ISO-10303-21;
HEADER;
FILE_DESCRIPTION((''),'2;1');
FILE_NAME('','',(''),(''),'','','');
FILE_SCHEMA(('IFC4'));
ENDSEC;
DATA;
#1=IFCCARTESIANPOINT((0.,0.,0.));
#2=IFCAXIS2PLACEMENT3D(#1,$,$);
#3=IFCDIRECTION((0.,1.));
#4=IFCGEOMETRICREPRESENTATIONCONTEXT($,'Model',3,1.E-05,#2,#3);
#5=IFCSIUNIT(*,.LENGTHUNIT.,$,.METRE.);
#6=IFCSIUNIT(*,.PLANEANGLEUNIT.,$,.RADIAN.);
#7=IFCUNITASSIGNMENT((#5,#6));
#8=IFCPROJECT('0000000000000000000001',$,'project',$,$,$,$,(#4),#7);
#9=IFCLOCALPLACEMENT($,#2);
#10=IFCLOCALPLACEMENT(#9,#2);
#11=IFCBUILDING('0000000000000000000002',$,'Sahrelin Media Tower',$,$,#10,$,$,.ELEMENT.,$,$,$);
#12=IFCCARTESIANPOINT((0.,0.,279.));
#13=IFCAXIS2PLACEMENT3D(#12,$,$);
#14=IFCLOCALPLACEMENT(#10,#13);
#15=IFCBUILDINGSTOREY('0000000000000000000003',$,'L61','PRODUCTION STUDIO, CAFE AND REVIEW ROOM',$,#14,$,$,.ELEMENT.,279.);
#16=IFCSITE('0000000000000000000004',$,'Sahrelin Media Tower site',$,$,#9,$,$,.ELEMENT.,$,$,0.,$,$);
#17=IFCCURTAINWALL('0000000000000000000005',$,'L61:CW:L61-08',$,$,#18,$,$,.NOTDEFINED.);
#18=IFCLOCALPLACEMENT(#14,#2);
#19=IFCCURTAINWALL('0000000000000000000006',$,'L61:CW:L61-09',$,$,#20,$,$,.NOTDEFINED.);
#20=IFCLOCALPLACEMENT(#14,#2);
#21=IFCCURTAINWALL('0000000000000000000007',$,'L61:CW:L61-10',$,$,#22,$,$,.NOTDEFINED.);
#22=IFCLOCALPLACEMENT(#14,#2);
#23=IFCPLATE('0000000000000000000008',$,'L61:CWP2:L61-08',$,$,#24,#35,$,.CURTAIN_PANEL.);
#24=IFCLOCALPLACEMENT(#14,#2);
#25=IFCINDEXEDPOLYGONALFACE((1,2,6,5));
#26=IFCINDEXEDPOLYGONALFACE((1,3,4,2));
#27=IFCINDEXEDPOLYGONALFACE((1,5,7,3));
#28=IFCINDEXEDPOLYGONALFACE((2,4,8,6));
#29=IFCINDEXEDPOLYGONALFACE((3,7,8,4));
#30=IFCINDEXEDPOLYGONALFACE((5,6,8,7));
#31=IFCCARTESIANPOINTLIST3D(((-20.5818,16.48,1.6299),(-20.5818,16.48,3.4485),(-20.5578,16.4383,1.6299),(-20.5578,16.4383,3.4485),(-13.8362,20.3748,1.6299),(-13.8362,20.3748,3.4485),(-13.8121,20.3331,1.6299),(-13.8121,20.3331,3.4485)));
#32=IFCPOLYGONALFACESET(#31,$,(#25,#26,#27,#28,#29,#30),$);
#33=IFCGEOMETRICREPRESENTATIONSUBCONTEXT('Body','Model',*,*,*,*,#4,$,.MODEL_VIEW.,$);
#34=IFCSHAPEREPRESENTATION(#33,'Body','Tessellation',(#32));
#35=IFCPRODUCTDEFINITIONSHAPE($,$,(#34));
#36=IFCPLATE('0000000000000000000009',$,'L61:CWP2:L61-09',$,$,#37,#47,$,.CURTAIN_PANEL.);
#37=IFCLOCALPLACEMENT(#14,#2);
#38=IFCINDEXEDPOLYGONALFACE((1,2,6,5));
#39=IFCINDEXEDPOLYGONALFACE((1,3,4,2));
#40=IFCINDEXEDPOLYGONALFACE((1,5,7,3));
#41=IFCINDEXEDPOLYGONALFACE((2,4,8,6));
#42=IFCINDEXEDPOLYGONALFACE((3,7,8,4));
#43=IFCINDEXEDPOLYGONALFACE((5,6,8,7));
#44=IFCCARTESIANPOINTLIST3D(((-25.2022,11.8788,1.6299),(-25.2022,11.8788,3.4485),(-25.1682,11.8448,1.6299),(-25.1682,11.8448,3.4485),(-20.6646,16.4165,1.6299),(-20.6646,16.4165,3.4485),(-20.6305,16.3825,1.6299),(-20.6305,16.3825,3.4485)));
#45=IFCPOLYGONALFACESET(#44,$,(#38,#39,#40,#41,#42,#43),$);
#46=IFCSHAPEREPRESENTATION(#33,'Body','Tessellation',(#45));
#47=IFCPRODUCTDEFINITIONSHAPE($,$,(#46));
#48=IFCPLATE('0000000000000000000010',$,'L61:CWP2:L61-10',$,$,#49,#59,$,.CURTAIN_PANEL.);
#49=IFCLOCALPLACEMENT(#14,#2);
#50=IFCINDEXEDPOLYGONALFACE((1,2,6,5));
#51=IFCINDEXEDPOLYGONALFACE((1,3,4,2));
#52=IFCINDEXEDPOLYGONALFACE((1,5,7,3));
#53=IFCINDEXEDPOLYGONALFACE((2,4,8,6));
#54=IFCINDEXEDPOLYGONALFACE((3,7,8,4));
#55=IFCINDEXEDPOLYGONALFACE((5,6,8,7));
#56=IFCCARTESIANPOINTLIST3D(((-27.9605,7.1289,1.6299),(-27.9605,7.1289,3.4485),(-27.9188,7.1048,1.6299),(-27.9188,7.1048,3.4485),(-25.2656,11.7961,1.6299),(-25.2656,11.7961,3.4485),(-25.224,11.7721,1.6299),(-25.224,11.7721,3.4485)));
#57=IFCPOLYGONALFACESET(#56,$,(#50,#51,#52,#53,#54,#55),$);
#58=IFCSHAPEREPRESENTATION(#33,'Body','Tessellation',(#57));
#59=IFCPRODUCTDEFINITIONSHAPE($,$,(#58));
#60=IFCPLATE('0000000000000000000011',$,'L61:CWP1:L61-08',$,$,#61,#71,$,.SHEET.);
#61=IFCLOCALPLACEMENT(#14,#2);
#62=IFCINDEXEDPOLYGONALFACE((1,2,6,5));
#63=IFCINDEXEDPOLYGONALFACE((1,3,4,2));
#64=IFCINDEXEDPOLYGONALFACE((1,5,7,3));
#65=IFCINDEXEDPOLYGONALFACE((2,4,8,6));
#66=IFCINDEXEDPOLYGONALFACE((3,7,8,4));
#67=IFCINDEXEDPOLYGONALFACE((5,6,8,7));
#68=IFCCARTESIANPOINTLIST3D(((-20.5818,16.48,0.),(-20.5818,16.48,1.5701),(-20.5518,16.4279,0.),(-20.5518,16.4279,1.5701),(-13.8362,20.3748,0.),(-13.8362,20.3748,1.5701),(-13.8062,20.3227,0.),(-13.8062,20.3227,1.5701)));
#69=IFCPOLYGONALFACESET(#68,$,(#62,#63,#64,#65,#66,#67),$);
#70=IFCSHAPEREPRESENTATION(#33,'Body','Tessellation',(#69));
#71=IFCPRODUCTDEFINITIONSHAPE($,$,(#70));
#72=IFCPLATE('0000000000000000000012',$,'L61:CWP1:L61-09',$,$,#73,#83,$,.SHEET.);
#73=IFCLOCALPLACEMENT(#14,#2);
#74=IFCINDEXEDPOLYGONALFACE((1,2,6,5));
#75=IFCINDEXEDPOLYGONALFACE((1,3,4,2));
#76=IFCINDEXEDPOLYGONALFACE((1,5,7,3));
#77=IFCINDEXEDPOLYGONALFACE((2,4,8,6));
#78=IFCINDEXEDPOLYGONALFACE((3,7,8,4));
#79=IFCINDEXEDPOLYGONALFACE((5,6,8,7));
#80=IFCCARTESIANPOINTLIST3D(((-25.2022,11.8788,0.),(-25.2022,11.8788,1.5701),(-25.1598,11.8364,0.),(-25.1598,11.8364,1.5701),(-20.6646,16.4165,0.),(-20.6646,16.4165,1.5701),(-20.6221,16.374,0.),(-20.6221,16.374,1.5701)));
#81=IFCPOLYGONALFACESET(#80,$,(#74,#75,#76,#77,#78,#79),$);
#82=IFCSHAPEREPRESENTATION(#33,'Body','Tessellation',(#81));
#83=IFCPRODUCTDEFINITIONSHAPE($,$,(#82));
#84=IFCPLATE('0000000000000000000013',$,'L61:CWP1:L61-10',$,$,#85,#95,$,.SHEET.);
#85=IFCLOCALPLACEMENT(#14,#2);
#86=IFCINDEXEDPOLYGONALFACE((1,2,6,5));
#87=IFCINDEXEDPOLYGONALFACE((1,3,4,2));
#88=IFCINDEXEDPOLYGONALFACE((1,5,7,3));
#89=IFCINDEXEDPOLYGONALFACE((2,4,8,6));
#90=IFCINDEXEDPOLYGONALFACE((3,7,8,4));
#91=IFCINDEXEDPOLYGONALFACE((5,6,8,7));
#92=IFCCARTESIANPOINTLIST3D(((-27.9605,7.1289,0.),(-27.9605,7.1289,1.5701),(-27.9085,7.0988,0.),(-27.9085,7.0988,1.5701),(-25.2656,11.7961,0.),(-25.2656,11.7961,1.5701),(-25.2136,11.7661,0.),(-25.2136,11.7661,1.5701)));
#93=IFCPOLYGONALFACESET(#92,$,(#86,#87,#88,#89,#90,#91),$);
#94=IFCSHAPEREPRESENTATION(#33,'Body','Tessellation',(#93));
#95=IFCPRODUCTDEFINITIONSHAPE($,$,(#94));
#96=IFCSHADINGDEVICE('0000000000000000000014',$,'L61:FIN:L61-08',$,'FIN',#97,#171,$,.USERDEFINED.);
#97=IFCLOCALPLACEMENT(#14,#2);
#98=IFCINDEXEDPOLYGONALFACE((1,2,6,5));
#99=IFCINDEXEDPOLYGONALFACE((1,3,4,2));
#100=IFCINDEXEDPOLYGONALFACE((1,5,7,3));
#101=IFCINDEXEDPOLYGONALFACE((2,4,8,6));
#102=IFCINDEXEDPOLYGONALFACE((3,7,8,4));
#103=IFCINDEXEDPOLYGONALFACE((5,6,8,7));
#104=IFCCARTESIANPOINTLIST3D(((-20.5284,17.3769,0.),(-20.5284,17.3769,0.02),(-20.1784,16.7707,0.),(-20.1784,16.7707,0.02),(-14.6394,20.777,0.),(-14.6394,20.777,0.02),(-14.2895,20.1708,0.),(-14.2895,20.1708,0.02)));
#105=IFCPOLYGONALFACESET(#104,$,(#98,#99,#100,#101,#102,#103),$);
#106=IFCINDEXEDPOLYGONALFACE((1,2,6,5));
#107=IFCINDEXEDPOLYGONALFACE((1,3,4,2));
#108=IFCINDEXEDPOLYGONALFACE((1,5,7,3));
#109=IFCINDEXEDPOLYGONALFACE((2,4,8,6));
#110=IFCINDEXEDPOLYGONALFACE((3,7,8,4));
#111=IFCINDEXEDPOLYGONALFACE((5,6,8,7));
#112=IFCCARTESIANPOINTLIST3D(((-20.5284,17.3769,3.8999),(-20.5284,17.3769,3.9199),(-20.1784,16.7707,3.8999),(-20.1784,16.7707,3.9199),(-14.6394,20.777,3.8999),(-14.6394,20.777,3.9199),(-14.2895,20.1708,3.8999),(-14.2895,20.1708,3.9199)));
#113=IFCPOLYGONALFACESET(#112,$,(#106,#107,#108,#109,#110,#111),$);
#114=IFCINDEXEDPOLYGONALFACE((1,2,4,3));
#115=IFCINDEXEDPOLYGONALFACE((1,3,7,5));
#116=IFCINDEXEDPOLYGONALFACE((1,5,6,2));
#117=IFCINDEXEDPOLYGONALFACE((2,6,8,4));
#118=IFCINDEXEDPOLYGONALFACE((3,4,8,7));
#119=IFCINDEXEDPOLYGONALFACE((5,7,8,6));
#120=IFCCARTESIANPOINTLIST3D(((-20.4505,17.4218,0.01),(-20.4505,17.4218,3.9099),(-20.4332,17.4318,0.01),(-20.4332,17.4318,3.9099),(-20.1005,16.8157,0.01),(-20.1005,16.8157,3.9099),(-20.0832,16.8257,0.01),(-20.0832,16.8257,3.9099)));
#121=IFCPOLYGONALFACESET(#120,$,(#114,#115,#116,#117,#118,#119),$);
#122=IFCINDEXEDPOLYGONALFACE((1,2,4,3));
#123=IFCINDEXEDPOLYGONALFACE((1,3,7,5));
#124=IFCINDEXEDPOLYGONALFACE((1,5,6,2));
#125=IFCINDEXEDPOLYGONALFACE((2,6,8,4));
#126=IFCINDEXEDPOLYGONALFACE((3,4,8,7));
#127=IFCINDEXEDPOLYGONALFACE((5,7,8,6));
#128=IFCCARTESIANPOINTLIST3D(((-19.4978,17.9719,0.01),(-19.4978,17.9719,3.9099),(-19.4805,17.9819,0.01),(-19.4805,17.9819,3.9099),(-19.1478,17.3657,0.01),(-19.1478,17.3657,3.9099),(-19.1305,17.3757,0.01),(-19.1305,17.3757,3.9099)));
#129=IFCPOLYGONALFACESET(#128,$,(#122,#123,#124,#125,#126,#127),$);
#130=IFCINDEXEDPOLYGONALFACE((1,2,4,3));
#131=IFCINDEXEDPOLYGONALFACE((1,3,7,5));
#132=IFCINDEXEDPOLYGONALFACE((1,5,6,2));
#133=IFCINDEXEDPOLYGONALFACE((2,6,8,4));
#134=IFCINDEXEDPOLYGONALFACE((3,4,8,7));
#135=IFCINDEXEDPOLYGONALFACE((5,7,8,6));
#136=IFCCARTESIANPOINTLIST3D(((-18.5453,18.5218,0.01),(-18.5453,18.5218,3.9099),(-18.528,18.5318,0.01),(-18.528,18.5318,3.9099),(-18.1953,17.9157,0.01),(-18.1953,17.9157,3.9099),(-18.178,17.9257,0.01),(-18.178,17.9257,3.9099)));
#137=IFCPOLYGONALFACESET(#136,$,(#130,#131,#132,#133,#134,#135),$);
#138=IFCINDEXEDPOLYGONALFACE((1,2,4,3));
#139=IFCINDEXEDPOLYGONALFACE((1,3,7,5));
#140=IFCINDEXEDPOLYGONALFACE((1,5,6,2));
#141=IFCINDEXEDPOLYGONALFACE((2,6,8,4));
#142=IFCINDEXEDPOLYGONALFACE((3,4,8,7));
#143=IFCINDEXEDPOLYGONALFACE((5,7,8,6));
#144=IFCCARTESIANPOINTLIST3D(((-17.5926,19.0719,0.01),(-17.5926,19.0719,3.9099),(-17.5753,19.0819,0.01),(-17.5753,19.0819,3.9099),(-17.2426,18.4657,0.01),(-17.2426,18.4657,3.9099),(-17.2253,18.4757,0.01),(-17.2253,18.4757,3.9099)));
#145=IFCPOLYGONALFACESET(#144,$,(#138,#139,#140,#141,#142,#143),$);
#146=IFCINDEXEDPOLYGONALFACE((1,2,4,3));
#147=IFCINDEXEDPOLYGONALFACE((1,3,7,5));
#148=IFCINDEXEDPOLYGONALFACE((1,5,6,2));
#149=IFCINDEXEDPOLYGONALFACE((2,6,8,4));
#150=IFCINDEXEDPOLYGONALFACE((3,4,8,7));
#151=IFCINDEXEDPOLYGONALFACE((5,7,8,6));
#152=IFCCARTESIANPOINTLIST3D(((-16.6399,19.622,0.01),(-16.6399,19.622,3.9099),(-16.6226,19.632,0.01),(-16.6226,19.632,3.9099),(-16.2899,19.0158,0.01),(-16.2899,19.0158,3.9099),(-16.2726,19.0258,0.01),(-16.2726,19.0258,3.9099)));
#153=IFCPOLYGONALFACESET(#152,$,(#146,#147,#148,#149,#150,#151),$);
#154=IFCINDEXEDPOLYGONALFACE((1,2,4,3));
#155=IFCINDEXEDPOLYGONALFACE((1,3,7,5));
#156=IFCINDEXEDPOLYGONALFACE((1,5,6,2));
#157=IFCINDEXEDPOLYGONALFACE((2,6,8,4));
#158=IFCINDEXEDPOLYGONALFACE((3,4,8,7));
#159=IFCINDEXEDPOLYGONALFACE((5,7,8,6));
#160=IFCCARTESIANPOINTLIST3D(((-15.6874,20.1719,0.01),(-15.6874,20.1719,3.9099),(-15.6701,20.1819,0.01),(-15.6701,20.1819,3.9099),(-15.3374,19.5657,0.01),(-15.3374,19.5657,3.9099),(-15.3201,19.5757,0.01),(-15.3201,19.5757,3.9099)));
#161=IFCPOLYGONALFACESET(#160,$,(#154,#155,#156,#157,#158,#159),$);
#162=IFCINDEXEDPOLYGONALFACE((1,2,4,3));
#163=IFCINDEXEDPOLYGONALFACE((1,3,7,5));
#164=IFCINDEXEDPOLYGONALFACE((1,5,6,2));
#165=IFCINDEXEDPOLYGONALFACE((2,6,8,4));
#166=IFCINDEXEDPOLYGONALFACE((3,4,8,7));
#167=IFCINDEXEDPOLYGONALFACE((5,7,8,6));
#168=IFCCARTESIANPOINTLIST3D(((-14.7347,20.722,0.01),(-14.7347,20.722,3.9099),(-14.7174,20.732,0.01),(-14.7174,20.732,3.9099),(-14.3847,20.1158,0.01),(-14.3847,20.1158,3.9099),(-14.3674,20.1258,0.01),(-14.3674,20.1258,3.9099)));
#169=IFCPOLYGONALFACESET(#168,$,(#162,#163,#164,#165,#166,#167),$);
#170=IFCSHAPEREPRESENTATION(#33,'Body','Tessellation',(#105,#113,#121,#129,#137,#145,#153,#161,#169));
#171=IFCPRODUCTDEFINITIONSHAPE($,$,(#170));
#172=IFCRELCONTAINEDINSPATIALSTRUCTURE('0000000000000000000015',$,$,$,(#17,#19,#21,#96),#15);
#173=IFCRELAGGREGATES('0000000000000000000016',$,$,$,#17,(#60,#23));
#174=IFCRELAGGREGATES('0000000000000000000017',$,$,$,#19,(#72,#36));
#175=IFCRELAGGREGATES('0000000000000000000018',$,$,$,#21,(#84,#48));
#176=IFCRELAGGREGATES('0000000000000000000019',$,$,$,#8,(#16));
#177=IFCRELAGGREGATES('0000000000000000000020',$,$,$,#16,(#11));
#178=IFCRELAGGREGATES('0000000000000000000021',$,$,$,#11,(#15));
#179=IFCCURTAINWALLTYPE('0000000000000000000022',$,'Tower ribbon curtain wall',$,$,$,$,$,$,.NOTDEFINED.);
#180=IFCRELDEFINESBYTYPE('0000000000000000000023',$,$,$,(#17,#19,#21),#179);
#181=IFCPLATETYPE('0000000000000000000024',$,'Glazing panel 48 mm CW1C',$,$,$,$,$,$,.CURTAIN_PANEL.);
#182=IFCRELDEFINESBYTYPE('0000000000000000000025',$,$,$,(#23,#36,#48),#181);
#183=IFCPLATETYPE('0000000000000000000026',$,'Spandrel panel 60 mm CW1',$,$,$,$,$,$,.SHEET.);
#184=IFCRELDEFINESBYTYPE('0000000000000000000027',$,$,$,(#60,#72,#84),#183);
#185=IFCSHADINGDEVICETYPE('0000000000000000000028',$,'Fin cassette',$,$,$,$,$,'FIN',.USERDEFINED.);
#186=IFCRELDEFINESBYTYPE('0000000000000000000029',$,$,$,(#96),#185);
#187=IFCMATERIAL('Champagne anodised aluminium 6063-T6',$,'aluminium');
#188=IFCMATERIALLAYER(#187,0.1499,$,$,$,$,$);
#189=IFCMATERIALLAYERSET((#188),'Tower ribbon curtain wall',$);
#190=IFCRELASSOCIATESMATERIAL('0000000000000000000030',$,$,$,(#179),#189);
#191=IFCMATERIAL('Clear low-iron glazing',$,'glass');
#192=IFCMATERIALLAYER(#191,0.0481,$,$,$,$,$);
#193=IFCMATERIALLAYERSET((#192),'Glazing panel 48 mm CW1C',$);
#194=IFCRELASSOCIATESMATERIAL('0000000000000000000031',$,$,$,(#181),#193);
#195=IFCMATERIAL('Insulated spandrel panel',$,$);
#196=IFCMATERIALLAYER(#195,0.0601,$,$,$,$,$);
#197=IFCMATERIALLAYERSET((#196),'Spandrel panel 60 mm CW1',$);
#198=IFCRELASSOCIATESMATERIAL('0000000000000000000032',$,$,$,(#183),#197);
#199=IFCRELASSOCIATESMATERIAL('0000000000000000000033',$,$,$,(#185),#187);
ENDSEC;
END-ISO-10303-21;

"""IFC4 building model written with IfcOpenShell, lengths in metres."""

from ifc_helpers import new_model, si_unit, direction, frame, origin, origin_2d, place, context, subcontext, project, spatial, polyline, rectangle, outline, extrude, material, layer, layer_set, type_object, element, aggregate, save


model = new_model("IFC4")

# Units and contexts
model_context = context("Model", 3, precision=1e-05, world=origin(), true_north=direction((0.0, 1.0)))
body_context = subcontext(model_context, "Body", "Model", "MODEL_VIEW")
ifc_project = project(units=[si_unit("LENGTHUNIT", "METRE"), si_unit("PLANEANGLEUNIT", "RADIAN")], contexts=[model_context])

# Site, building, storey
site_placement = place(None, origin())
site = spatial("IfcSite", under=ifc_project, at=site_placement, Name="Sahrelin Media Tower site", CompositionType="ELEMENT", RefElevation=0.0)
building_placement = place(site_placement, origin())
building = spatial("IfcBuilding", under=site, at=building_placement, Name="Sahrelin Media Tower", CompositionType="ELEMENT")
storey_placement = place(building_placement, frame((0.0, 0.0, 279.0)))
storey = spatial("IfcBuildingStorey", under=building, at=storey_placement, Name="L61", Description="PRODUCTION STUDIO, CAFE AND REVIEW ROOM", CompositionType="ELEMENT", Elevation=279.0)

# Curtain walls
ifc_material_1 = material(Name="Champagne anodised aluminium 6063-T6", Category="aluminium")
ifc_layer_1 = layer(ifc_material_1, 0.1499)
ifc_layer_set_1 = layer_set([ifc_layer_1], Name="Tower ribbon curtain wall")
curtain_wall_type = type_object("IfcCurtainWallType", Name="Tower ribbon curtain wall", PredefinedType="NOTDEFINED", material=ifc_layer_set_1)
curtain_wall_1_placement = place(storey_placement, frame((-17.199, 18.4102, 0.0), z_axis=(0.0, 0.0, 1.0), x_axis=(1.0, 0.0, 0.0)))
curtain_wall_1 = element("IfcCurtainWall", 1, at=curtain_wall_1_placement, inside=storey, type_object=curtain_wall_type, Name="L61:CW:L61-08", PredefinedType="NOTDEFINED")
curtain_wall_2_placement = place(storey_placement, frame((-22.9192, 14.1338, 0.0), z_axis=(0.0, 0.0, 1.0), x_axis=(1.0, 0.0, 0.0)))
curtain_wall_2 = element("IfcCurtainWall", 2, at=curtain_wall_2_placement, inside=storey, type_object=curtain_wall_type, Name="L61:CW:L61-09", PredefinedType="NOTDEFINED")

# Curtain wall
curtain_wall_3_placement = place(storey_placement, frame((-26.5957, 9.4524, 0.0), z_axis=(0.0, 0.0, 1.0), x_axis=(1.0, 0.0, 0.0)))
curtain_wall_3 = element("IfcCurtainWall", 3, at=curtain_wall_3_placement, inside=storey, type_object=curtain_wall_type, Name="L61:CW:L61-10", PredefinedType="NOTDEFINED")

# Plates
ifc_material_2 = material(Name="Clear low-iron glazing", Category="glass")
ifc_layer_2 = layer(ifc_material_2, 0.0481)
ifc_layer_set_2 = layer_set([ifc_layer_2], Name="Glazing panel 48 mm CW1C")
plate_type_1 = type_object("IfcPlateType", Name="Glazing panel 48 mm CW1C", PredefinedType="CURTAIN_PANEL", material=ifc_layer_set_2)
plate_1_placement = place(storey_placement, frame((-13.8362, 20.3748, 1.6299), z_axis=(-0.500019, 0.866014, 0.0), x_axis=(-0.866014, -0.500019, 0.0)))
plate_1 = element("IfcPlate", 4, at=plate_1_placement, type_object=plate_type_1, Name="L61:CWP2:L61-08", PredefinedType="CURTAIN_PANEL", context=body_context, shape_type="SweptSolid", body=[
    extrude(outline(polyline([(0.0, 0.0), (7.7893, 0.0), (7.7893, 1.8186), (0.0, 1.8186), (0.0, 0.0)])), origin(), (0.0, 0.0, -1.0), 0.0481),
])
plate_2_placement = place(storey_placement, frame((-20.6646, 16.4165, 1.6299), z_axis=(-0.707107, 0.707107, 0.0), x_axis=(-0.707107, -0.707107, 0.0)))
plate_2 = element("IfcPlate", 5, at=plate_2_placement, type_object=plate_type_1, Name="L61:CWP2:L61-09", PredefinedType="CURTAIN_PANEL", context=body_context, shape_type="SweptSolid", body=[
    extrude(outline(polyline([(0.0, 0.0), (6.4172, 0.0), (6.4172, 1.8186), (0.0, 1.8186), (0.0, 0.0)])), origin(), (0.0, 0.0, -1.0), 0.0481),
])
plate_3_placement = place(storey_placement, frame((-25.2656, 11.7961, 1.6299), z_axis=(-0.86601, 0.500027, 0.0), x_axis=(-0.500027, -0.86601, 0.0)))
plate_3 = element("IfcPlate", 6, at=plate_3_placement, type_object=plate_type_1, Name="L61:CWP2:L61-10", PredefinedType="CURTAIN_PANEL", context=body_context, shape_type="SweptSolid", body=[
    extrude(outline(polyline([(0.0, 0.0), (5.3894, 0.0), (5.3894, 1.8186), (0.0, 1.8186), (0.0, 0.0)])), origin(), (0.0, 0.0, -1.0), 0.0481),
])
ifc_material_3 = material(Name="Insulated spandrel panel")
ifc_layer_3 = layer(ifc_material_3, 0.0601)
ifc_layer_set_3 = layer_set([ifc_layer_3], Name="Spandrel panel 60 mm CW1")
plate_type_2 = type_object("IfcPlateType", Name="Spandrel panel 60 mm CW1", PredefinedType="SHEET", material=ifc_layer_set_3)
plate_4_placement = place(storey_placement, frame((-13.8362, 20.3748, 0.0), z_axis=(-0.500019, 0.866014, 0.0), x_axis=(-0.866014, -0.500019, 0.0)))
plate_4 = element("IfcPlate", 7, at=plate_4_placement, type_object=plate_type_2, Name="L61:CWP1:L61-08", PredefinedType="SHEET", context=body_context, shape_type="SweptSolid", body=[
    extrude(outline(polyline([(0.0, 0.0), (7.7893, 0.0), (7.7893, 1.5701), (0.0, 1.5701), (0.0, 0.0)])), origin(), (0.0, 0.0, -1.0), 0.0601),
])
aggregate(curtain_wall_1, [plate_4, plate_1])
plate_5_placement = place(storey_placement, frame((-20.6646, 16.4165, 0.0), z_axis=(-0.707107, 0.707107, 0.0), x_axis=(-0.707107, -0.707107, 0.0)))
plate_5 = element("IfcPlate", 8, at=plate_5_placement, type_object=plate_type_2, Name="L61:CWP1:L61-09", PredefinedType="SHEET", context=body_context, shape_type="SweptSolid", body=[
    extrude(outline(polyline([(0.0, 0.0), (6.4172, 0.0), (6.4172, 1.5701), (0.0, 1.5701), (0.0, 0.0)])), origin(), (0.0, 0.0, -1.0), 0.0601),
])
aggregate(curtain_wall_2, [plate_5, plate_2])
plate_6_placement = place(storey_placement, frame((-25.2656, 11.7961, 0.0), z_axis=(-0.86601, 0.500027, 0.0), x_axis=(-0.500027, -0.86601, 0.0)))
plate_6 = element("IfcPlate", 9, at=plate_6_placement, type_object=plate_type_2, Name="L61:CWP1:L61-10", PredefinedType="SHEET", context=body_context, shape_type="SweptSolid", body=[
    extrude(outline(polyline([(0.0, 0.0), (5.3894, 0.0), (5.3894, 1.5701), (0.0, 1.5701), (0.0, 0.0)])), origin(), (0.0, 0.0, -1.0), 0.0601),
])
aggregate(curtain_wall_3, [plate_6, plate_3])

# Shading device
shading_device_type_1 = type_object("IfcShadingDeviceType", Name="Fin cassette", ElementType="FIN", PredefinedType="USERDEFINED", material=ifc_material_1)
placement_1 = place(storey_placement, frame((-17.199, 18.4102, 0.0), z_axis=(0.0, 0.0, 1.0), x_axis=(0.866019, 0.500011, 0.0)))
element("IfcShadingDevice", 10, at=placement_1, inside=storey, type_object=shading_device_type_1, Name="L61:FIN:L61-08", ObjectType="FIN", PredefinedType="USERDEFINED", context=body_context, shape_type="SweptSolid", body=[
    extrude(rectangle(XDim=6.8, YDim=0.7, at=origin_2d()), frame((0.0, 0.4199, 0.0)), (0.0, 0.0, 1.0), 0.02),
    extrude(rectangle(XDim=6.8, YDim=0.7, at=origin_2d()), frame((0.0, 0.4199, 3.8999)), (0.0, 0.0, 1.0), 0.02),
    extrude(rectangle(XDim=0.02, YDim=0.7, at=origin_2d()), frame((-3.3, 0.4199, 0.01), z_axis=(0.0, 0.0, 1.0), x_axis=(1.0, 0.0, 0.0)), (0.0, 0.0, 1.0), 3.8999),
    extrude(rectangle(XDim=0.02, YDim=0.7, at=origin_2d()), frame((-2.2, 0.4199, 0.01), z_axis=(0.0, 0.0, 1.0), x_axis=(1.0, 0.0, 0.0)), (0.0, 0.0, 1.0), 3.8999),
    extrude(rectangle(XDim=0.02, YDim=0.7, at=origin_2d()), frame((-1.1001, 0.4199, 0.01), z_axis=(0.0, 0.0, 1.0), x_axis=(1.0, 0.0, 0.0)), (0.0, 0.0, 1.0), 3.8999),
    extrude(rectangle(XDim=0.02, YDim=0.7, at=origin_2d()), frame((0.0, 0.4199, 0.01), z_axis=(0.0, 0.0, 1.0), x_axis=(1.0, 0.0, 0.0)), (0.0, 0.0, 1.0), 3.8999),
    extrude(rectangle(XDim=0.02, YDim=0.7, at=origin_2d()), frame((1.1001, 0.4199, 0.01), z_axis=(0.0, 0.0, 1.0), x_axis=(1.0, 0.0, 0.0)), (0.0, 0.0, 1.0), 3.8999),
    extrude(rectangle(XDim=0.02, YDim=0.7, at=origin_2d()), frame((2.2, 0.4199, 0.01), z_axis=(0.0, 0.0, 1.0), x_axis=(1.0, 0.0, 0.0)), (0.0, 0.0, 1.0), 3.8999),
    extrude(rectangle(XDim=0.02, YDim=0.7, at=origin_2d()), frame((3.3, 0.4199, 0.01), z_axis=(0.0, 0.0, 1.0), x_axis=(1.0, 0.0, 0.0)), (0.0, 0.0, 1.0), 3.8999),
])

save(model, "model.ifc")
